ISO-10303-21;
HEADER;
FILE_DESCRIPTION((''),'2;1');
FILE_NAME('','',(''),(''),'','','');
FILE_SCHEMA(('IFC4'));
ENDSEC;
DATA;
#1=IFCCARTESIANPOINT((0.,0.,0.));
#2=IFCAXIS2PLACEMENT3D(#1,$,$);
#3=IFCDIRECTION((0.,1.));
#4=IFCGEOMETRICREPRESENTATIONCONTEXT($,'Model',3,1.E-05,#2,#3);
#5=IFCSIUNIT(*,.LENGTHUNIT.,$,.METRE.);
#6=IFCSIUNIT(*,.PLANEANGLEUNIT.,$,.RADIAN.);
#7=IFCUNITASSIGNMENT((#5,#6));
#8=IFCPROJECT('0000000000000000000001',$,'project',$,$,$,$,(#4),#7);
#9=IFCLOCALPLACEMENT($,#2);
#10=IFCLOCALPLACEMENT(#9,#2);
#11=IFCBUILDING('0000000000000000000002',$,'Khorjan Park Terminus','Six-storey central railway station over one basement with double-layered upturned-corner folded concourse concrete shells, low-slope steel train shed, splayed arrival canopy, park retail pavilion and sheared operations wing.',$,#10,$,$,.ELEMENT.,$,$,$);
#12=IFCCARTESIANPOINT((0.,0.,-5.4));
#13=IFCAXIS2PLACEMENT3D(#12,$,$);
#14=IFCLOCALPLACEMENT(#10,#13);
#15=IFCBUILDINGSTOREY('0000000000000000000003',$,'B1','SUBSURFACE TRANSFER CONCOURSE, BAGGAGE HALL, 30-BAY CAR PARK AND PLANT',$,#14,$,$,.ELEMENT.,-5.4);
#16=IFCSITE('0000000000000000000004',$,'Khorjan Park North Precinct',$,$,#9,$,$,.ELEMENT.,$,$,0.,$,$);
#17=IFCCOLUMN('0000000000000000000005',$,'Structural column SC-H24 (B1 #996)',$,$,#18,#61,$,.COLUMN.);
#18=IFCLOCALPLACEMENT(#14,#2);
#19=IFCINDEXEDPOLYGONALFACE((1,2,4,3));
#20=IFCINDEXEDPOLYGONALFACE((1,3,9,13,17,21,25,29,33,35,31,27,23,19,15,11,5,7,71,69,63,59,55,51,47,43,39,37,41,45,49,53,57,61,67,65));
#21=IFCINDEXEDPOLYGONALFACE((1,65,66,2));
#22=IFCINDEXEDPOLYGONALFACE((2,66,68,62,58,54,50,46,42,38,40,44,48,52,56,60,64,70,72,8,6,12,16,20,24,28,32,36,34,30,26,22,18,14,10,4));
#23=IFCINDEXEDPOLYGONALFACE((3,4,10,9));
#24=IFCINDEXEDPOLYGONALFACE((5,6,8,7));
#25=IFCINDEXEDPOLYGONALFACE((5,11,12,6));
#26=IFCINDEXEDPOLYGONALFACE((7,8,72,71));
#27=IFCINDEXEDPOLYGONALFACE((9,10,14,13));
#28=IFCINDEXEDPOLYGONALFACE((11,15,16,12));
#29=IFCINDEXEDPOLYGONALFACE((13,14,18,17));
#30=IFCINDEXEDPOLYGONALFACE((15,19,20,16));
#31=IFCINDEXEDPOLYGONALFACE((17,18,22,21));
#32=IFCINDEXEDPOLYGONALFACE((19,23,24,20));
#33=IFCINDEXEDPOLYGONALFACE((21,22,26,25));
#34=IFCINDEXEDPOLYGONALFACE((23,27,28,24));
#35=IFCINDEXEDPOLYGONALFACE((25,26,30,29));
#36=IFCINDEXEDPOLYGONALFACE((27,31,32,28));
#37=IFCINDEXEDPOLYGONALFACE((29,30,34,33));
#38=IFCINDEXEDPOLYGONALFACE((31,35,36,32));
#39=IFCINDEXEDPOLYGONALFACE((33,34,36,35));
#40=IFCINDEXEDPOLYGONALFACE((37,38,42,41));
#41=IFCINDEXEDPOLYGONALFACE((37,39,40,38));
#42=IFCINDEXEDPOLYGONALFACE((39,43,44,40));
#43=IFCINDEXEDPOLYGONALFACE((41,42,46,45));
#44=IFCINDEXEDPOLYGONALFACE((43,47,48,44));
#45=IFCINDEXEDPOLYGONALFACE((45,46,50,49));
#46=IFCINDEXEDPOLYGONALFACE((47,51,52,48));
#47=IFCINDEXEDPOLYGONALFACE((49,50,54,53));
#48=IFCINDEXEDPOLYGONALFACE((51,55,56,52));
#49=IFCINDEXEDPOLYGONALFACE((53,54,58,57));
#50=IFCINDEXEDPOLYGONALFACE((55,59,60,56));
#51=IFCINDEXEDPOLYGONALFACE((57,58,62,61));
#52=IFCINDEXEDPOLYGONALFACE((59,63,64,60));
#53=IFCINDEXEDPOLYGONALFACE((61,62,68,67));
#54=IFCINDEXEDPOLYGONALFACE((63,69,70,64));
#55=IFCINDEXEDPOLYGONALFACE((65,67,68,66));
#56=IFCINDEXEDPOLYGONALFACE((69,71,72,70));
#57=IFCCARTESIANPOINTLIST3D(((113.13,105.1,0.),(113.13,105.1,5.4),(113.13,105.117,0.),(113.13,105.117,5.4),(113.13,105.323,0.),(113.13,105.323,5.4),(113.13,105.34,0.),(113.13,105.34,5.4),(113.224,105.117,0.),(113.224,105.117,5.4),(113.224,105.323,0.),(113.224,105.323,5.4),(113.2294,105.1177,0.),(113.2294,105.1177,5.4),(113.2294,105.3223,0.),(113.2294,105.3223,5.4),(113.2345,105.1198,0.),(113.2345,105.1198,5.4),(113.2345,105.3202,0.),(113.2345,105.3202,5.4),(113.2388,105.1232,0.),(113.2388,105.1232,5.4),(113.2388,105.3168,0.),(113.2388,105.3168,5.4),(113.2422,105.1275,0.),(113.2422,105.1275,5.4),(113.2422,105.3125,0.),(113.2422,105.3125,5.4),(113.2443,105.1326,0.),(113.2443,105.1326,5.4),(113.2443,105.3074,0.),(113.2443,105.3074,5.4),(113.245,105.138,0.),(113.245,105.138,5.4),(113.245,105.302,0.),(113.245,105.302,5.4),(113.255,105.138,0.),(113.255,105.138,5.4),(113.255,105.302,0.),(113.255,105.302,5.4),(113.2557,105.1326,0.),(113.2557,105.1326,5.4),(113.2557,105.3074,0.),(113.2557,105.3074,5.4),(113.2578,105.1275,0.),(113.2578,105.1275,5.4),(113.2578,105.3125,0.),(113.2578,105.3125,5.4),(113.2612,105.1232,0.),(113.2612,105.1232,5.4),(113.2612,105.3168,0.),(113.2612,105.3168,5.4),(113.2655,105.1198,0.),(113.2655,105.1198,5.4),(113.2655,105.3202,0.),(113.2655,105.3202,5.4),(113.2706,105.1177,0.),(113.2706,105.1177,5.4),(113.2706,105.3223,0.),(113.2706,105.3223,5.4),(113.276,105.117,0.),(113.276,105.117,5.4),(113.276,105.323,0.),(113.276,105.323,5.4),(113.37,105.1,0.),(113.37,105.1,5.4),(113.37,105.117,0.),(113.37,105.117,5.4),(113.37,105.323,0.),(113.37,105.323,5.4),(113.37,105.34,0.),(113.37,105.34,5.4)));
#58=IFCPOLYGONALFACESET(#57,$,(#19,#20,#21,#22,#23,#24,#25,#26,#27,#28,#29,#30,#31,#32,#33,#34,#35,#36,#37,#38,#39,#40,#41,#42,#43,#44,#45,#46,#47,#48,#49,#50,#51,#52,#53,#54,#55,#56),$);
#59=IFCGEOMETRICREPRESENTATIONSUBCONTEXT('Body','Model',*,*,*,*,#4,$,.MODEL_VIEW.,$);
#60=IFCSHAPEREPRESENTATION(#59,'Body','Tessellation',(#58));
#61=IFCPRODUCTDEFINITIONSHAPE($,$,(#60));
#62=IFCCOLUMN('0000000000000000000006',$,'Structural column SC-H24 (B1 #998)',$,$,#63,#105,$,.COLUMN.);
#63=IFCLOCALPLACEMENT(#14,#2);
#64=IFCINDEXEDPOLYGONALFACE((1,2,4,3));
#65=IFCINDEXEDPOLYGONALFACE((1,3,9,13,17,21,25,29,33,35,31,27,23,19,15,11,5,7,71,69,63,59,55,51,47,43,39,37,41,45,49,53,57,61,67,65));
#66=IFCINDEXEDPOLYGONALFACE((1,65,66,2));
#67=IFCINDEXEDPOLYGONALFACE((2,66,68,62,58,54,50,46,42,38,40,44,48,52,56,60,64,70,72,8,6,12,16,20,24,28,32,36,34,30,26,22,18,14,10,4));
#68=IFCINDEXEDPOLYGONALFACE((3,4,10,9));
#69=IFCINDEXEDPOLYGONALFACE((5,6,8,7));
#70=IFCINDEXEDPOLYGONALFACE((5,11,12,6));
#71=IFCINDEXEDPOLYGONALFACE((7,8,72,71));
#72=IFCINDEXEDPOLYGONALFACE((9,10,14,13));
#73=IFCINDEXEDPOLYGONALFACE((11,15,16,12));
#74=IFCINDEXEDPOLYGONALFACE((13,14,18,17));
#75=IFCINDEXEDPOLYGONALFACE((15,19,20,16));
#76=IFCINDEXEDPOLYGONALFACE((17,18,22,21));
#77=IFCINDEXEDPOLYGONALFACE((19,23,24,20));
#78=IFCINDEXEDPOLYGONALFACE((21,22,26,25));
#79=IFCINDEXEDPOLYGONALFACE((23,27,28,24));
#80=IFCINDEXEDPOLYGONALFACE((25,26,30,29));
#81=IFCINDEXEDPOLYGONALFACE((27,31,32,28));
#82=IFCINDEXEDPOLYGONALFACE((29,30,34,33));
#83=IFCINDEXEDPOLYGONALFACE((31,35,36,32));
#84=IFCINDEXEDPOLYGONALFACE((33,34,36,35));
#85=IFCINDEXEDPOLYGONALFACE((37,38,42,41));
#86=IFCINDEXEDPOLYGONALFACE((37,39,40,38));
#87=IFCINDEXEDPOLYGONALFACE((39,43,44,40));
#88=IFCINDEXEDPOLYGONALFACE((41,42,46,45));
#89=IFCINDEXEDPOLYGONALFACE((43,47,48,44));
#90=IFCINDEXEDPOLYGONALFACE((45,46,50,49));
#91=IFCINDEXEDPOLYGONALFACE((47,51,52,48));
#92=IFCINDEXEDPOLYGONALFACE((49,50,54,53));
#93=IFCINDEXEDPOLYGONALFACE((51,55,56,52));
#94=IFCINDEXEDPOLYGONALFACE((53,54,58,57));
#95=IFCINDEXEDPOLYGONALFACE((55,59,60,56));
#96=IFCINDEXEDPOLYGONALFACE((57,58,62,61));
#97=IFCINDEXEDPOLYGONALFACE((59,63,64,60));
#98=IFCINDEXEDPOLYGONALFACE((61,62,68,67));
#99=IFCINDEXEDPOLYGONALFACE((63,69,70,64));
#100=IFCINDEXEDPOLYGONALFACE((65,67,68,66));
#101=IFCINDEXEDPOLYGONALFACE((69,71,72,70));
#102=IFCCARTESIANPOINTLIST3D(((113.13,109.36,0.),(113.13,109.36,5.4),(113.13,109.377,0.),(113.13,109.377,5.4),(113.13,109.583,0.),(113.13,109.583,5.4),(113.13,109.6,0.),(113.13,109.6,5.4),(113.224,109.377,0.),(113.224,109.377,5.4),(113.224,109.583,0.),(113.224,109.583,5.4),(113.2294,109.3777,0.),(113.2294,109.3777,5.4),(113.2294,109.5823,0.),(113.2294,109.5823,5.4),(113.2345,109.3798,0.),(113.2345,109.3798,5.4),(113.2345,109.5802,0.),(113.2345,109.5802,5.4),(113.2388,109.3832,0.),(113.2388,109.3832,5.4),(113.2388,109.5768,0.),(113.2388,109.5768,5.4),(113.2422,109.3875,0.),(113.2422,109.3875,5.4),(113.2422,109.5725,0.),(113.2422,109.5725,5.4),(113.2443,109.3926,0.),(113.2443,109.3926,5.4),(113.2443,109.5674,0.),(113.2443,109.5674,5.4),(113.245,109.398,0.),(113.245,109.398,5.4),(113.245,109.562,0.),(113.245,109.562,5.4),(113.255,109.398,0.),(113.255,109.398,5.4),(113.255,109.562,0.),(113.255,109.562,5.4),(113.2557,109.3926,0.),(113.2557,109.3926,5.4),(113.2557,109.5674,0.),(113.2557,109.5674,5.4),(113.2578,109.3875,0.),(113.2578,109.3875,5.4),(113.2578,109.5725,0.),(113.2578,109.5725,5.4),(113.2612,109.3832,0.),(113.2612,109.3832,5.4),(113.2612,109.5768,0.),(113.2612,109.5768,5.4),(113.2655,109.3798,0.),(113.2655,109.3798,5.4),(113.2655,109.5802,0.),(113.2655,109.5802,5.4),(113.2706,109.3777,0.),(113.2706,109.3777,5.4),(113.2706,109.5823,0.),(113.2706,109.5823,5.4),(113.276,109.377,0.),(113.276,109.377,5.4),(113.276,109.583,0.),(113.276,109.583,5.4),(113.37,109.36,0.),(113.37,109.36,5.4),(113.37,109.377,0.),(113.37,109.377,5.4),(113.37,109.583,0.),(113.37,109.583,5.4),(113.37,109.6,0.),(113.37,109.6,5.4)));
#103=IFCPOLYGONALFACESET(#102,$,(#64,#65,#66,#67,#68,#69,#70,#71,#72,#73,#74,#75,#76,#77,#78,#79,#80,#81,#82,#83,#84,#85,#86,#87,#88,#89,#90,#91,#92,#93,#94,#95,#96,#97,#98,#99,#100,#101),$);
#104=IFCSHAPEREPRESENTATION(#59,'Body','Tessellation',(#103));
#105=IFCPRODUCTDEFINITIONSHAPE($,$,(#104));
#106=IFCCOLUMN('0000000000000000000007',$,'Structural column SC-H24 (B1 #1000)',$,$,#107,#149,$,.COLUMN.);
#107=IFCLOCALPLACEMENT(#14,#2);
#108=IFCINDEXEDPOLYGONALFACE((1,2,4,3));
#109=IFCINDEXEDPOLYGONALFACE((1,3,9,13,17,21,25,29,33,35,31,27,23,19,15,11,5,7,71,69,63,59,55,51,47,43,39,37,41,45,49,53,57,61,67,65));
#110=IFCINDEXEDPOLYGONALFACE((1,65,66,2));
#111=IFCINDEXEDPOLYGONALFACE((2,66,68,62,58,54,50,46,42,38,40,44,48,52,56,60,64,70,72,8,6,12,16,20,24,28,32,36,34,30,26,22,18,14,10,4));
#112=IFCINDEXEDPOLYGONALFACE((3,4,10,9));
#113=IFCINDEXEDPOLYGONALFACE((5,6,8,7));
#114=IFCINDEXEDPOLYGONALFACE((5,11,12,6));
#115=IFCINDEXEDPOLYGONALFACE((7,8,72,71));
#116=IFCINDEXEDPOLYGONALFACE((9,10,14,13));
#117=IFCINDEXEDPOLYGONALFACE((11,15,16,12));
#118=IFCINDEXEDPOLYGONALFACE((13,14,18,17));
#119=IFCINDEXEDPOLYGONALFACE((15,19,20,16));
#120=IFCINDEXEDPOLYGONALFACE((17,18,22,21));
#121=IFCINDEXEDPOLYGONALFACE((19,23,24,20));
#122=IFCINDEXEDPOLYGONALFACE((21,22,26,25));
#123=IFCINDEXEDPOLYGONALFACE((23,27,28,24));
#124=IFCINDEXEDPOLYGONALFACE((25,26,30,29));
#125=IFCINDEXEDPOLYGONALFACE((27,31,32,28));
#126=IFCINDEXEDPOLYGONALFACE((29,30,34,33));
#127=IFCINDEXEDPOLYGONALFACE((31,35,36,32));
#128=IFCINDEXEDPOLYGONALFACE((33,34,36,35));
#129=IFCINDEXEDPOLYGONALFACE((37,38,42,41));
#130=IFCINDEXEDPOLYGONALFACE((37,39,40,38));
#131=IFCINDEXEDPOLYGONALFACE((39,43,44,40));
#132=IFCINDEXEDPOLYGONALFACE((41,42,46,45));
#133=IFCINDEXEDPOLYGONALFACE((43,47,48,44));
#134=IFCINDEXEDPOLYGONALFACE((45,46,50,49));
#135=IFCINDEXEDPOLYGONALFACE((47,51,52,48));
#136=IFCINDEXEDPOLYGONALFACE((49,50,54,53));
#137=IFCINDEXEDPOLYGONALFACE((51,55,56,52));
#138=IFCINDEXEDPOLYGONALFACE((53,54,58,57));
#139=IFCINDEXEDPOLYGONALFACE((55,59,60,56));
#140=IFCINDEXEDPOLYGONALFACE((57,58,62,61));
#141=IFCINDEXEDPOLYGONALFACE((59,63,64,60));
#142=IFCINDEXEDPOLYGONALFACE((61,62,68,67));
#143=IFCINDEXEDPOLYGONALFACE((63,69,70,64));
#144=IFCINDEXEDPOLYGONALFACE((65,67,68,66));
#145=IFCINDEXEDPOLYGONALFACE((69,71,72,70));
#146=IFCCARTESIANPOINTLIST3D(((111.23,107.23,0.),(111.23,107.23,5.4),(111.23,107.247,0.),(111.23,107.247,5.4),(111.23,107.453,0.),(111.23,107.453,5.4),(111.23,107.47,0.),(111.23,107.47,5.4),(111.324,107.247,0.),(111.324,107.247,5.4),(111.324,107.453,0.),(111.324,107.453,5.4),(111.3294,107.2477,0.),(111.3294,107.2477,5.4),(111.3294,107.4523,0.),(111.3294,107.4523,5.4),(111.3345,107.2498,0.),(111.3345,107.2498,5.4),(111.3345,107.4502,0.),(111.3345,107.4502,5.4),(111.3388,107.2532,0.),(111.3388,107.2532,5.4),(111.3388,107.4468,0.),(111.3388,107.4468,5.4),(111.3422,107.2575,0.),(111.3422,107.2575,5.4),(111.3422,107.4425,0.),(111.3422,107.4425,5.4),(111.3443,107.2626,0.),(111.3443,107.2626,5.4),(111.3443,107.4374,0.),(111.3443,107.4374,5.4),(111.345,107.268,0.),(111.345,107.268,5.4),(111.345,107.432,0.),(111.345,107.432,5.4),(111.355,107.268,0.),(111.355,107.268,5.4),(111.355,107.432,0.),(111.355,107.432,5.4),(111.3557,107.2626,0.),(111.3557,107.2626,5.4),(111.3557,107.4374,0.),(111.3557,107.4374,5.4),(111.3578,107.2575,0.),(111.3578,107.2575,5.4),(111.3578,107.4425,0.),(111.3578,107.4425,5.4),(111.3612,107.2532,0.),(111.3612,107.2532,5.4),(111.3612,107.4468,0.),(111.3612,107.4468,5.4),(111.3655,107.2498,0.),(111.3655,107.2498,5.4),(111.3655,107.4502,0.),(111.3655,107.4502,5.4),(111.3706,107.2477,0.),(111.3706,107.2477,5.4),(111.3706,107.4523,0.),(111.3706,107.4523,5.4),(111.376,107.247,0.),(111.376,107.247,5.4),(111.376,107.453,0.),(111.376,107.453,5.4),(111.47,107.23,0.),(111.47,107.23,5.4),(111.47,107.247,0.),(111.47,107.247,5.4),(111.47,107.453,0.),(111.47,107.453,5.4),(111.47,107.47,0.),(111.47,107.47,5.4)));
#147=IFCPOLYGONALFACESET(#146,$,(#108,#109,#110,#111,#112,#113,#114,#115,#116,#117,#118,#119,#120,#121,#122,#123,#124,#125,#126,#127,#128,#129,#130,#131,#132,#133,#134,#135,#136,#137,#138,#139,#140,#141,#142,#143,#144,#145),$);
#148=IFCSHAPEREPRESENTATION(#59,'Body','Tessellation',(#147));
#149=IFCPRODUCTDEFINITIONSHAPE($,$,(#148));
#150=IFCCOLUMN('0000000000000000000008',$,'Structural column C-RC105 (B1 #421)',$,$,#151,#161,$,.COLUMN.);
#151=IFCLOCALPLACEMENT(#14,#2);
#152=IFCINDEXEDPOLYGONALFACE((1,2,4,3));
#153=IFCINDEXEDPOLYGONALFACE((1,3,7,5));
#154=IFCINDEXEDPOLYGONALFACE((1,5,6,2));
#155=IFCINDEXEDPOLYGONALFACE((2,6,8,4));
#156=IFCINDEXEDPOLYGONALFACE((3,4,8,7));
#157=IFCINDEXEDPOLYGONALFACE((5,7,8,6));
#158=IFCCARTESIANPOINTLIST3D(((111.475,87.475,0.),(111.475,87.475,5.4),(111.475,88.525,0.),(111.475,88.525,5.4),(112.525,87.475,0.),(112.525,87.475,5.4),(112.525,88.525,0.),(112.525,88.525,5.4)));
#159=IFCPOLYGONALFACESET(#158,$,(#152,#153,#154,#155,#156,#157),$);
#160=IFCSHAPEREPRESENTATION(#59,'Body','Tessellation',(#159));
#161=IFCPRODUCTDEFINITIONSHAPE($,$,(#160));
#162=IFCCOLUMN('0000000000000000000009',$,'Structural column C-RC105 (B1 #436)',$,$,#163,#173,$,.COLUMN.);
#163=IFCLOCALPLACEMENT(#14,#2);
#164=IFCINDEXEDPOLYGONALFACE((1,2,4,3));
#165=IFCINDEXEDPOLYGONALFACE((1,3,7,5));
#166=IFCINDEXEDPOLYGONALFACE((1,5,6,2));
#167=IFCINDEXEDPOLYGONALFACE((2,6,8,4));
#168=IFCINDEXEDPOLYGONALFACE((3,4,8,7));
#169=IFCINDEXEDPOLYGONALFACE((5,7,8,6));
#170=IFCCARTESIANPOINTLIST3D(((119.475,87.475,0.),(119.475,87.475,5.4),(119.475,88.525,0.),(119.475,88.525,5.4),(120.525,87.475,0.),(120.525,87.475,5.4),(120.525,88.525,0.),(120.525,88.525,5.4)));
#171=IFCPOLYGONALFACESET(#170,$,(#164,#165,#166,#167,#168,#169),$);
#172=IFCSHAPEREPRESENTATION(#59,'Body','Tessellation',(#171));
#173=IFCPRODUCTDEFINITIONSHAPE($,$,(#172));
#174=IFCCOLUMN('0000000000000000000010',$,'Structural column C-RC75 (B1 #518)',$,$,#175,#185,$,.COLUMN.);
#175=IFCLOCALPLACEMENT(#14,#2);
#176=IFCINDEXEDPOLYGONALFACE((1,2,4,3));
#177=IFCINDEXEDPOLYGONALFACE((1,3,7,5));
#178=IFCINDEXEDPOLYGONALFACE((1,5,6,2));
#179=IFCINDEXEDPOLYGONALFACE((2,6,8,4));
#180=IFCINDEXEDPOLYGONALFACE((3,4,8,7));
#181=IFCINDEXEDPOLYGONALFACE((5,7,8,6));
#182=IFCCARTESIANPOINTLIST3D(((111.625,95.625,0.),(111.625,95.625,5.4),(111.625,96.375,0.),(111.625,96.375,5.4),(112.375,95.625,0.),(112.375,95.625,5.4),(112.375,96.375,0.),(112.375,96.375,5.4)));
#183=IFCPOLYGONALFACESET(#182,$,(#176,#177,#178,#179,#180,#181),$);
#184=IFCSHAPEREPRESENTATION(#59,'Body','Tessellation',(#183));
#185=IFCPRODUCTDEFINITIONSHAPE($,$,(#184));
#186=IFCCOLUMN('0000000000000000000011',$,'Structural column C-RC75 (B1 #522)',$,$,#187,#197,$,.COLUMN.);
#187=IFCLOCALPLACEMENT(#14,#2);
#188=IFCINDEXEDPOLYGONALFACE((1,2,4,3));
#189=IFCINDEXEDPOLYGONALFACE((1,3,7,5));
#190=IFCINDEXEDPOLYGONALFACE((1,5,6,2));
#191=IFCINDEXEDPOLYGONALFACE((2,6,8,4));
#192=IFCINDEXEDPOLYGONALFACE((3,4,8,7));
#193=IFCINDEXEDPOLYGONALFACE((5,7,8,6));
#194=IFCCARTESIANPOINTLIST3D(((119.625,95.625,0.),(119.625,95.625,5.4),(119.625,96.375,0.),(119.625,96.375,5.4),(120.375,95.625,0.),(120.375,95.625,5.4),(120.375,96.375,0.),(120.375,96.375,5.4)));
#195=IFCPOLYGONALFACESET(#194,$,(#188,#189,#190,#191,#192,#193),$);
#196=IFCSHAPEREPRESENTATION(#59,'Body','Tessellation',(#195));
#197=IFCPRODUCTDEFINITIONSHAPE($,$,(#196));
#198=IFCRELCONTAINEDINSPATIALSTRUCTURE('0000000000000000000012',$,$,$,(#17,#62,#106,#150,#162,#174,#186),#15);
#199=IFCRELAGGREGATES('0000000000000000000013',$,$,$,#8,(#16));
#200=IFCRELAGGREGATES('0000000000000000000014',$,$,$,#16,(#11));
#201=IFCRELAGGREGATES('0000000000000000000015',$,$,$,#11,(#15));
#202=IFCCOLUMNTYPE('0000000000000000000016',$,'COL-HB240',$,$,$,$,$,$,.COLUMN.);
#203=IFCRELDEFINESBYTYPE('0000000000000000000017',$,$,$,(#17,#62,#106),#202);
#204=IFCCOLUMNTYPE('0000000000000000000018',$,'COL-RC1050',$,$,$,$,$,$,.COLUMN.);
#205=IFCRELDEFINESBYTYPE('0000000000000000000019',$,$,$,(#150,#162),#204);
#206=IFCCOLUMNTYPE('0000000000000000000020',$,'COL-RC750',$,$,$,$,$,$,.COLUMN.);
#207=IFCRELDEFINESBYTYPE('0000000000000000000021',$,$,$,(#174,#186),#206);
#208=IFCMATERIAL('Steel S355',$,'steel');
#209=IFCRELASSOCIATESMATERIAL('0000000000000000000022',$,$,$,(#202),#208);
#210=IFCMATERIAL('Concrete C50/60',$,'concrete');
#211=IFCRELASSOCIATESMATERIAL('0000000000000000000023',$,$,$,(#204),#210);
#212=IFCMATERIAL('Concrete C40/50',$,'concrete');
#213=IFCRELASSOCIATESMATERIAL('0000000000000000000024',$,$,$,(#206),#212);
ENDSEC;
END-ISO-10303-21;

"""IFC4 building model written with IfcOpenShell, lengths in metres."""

from ifc_helpers import new_model, si_unit, direction, frame, origin, origin_2d, place, context, subcontext, project, spatial, rectangle, i_section, extrude, material, material_profile, profile_set, type_object, element, save


model = new_model("IFC4")

# Units and contexts
model_context = context("Model", 3, precision=1e-05, world=origin(), true_north=direction((0.0, 1.0)))
body_context = subcontext(model_context, "Body", "Model", "MODEL_VIEW")
ifc_project = project(units=[si_unit("LENGTHUNIT", "METRE"), si_unit("PLANEANGLEUNIT", "RADIAN")], contexts=[model_context])

# Site, building, storey
site_placement = place(None, origin())
site = spatial("IfcSite", under=ifc_project, at=site_placement, Name="Khorjan Park North Precinct", CompositionType="ELEMENT", RefElevation=0.0)
building_placement = place(site_placement, origin())
building = spatial("IfcBuilding", under=site, at=building_placement, Name="Khorjan Park Terminus", Description="Six-storey central railway station over one basement with double-layered upturned-corner folded concourse concrete shells, low-slope steel train shed, splayed arrival canopy, park retail pavilion and sheared operations wing.", CompositionType="ELEMENT")
storey_placement = place(building_placement, frame((0.0, 0.0, -5.4)))
storey = spatial("IfcBuildingStorey", under=building, at=storey_placement, Name="B1", Description="SUBSURFACE TRANSFER CONCOURSE, BAGGAGE HALL, 30-BAY CAR PARK AND PLANT", CompositionType="ELEMENT", Elevation=-5.4)

# Shared definitions
ifc_material_1 = material(Name="Concrete C40/50", Category="concrete")

# Columns
ifc_material_2 = material(Name="Steel S355", Category="steel")
ifc_material_profile_1 = material_profile(ifc_material_2, i_section(OverallWidth=0.24, OverallDepth=0.24, WebThickness=0.01, FlangeThickness=0.017, FilletRadius=0.021, at=origin_2d()), Name="HEB 240")
ifc_profile_set_1 = profile_set([ifc_material_profile_1], Name="Steel S355")
column_type_1 = type_object("IfcColumnType", Name="COL-HB240", PredefinedType="COLUMN", material=ifc_profile_set_1)
for number, where, z_axis, x_axis, name in (
    (1, (113.25, 105.22, 0.0), (0.0, 0.0, 1.0), (1.0, 0.0, 0.0), "Structural column SC-H24 (B1 #996)"),
    (2, (113.25, 109.48, 0.0), (0.0, 0.0, 1.0), (1.0, 0.0, 0.0), "Structural column SC-H24 (B1 #998)"),
    (3, (111.35, 107.35, 0.0), (0.0, 0.0, 1.0), (1.0, 0.0, 0.0), "Structural column SC-H24 (B1 #1000)"),
):
    element("IfcColumn", number, at=place(storey_placement, frame(where, z_axis=z_axis, x_axis=x_axis)), inside=storey, type_object=column_type_1, Name=name, PredefinedType="COLUMN", context=body_context, shape_type="SweptSolid", body=[
        extrude(i_section(OverallWidth=0.24, OverallDepth=0.24, WebThickness=0.01, FlangeThickness=0.017, FilletRadius=0.021, at=origin_2d()), origin(), (0.0, 0.0, 1.0), 5.4),
    ])
ifc_material_3 = material(Name="Concrete C50/60", Category="concrete")
ifc_material_profile_2 = material_profile(ifc_material_3, rectangle(XDim=1.05, YDim=1.05, at=origin_2d()), Name="RC 1050x1050")
ifc_profile_set_2 = profile_set([ifc_material_profile_2], Name="Concrete C50/60")
column_type_2 = type_object("IfcColumnType", Name="COL-RC1050", PredefinedType="COLUMN", material=ifc_profile_set_2)
for number, where, z_axis, x_axis, name in (
    (4, (112.0, 88.0, 0.0), (0.0, 0.0, 1.0), (1.0, 0.0, 0.0), "Structural column C-RC105 (B1 #421)"),
    (5, (120.0, 88.0, 0.0), (0.0, 0.0, 1.0), (1.0, 0.0, 0.0), "Structural column C-RC105 (B1 #436)"),
):
    element("IfcColumn", number, at=place(storey_placement, frame(where, z_axis=z_axis, x_axis=x_axis)), inside=storey, type_object=column_type_2, Name=name, PredefinedType="COLUMN", context=body_context, shape_type="SweptSolid", body=[
        extrude(rectangle(XDim=1.05, YDim=1.05, at=origin_2d()), origin(), (0.0, 0.0, 1.0), 5.4),
    ])
ifc_material_profile_3 = material_profile(ifc_material_1, rectangle(XDim=0.75, YDim=0.75, at=origin_2d()), Name="RC 750x750")
ifc_profile_set_3 = profile_set([ifc_material_profile_3], Name="Concrete C40/50")
column_type_3 = type_object("IfcColumnType", Name="COL-RC750", PredefinedType="COLUMN", material=ifc_profile_set_3)
for number, where, z_axis, x_axis, name in (
    (6, (112.0, 96.0, 0.0), (0.0, 0.0, 1.0), (1.0, 0.0, 0.0), "Structural column C-RC75 (B1 #518)"),
    (7, (120.0, 96.0, 0.0), (0.0, 0.0, 1.0), (1.0, 0.0, 0.0), "Structural column C-RC75 (B1 #522)"),
):
    element("IfcColumn", number, at=place(storey_placement, frame(where, z_axis=z_axis, x_axis=x_axis)), inside=storey, type_object=column_type_3, Name=name, PredefinedType="COLUMN", context=body_context, shape_type="SweptSolid", body=[
        extrude(rectangle(XDim=0.75, YDim=0.75, at=origin_2d()), origin(), (0.0, 0.0, 1.0), 5.4),
    ])

save(model, "model.ifc")
